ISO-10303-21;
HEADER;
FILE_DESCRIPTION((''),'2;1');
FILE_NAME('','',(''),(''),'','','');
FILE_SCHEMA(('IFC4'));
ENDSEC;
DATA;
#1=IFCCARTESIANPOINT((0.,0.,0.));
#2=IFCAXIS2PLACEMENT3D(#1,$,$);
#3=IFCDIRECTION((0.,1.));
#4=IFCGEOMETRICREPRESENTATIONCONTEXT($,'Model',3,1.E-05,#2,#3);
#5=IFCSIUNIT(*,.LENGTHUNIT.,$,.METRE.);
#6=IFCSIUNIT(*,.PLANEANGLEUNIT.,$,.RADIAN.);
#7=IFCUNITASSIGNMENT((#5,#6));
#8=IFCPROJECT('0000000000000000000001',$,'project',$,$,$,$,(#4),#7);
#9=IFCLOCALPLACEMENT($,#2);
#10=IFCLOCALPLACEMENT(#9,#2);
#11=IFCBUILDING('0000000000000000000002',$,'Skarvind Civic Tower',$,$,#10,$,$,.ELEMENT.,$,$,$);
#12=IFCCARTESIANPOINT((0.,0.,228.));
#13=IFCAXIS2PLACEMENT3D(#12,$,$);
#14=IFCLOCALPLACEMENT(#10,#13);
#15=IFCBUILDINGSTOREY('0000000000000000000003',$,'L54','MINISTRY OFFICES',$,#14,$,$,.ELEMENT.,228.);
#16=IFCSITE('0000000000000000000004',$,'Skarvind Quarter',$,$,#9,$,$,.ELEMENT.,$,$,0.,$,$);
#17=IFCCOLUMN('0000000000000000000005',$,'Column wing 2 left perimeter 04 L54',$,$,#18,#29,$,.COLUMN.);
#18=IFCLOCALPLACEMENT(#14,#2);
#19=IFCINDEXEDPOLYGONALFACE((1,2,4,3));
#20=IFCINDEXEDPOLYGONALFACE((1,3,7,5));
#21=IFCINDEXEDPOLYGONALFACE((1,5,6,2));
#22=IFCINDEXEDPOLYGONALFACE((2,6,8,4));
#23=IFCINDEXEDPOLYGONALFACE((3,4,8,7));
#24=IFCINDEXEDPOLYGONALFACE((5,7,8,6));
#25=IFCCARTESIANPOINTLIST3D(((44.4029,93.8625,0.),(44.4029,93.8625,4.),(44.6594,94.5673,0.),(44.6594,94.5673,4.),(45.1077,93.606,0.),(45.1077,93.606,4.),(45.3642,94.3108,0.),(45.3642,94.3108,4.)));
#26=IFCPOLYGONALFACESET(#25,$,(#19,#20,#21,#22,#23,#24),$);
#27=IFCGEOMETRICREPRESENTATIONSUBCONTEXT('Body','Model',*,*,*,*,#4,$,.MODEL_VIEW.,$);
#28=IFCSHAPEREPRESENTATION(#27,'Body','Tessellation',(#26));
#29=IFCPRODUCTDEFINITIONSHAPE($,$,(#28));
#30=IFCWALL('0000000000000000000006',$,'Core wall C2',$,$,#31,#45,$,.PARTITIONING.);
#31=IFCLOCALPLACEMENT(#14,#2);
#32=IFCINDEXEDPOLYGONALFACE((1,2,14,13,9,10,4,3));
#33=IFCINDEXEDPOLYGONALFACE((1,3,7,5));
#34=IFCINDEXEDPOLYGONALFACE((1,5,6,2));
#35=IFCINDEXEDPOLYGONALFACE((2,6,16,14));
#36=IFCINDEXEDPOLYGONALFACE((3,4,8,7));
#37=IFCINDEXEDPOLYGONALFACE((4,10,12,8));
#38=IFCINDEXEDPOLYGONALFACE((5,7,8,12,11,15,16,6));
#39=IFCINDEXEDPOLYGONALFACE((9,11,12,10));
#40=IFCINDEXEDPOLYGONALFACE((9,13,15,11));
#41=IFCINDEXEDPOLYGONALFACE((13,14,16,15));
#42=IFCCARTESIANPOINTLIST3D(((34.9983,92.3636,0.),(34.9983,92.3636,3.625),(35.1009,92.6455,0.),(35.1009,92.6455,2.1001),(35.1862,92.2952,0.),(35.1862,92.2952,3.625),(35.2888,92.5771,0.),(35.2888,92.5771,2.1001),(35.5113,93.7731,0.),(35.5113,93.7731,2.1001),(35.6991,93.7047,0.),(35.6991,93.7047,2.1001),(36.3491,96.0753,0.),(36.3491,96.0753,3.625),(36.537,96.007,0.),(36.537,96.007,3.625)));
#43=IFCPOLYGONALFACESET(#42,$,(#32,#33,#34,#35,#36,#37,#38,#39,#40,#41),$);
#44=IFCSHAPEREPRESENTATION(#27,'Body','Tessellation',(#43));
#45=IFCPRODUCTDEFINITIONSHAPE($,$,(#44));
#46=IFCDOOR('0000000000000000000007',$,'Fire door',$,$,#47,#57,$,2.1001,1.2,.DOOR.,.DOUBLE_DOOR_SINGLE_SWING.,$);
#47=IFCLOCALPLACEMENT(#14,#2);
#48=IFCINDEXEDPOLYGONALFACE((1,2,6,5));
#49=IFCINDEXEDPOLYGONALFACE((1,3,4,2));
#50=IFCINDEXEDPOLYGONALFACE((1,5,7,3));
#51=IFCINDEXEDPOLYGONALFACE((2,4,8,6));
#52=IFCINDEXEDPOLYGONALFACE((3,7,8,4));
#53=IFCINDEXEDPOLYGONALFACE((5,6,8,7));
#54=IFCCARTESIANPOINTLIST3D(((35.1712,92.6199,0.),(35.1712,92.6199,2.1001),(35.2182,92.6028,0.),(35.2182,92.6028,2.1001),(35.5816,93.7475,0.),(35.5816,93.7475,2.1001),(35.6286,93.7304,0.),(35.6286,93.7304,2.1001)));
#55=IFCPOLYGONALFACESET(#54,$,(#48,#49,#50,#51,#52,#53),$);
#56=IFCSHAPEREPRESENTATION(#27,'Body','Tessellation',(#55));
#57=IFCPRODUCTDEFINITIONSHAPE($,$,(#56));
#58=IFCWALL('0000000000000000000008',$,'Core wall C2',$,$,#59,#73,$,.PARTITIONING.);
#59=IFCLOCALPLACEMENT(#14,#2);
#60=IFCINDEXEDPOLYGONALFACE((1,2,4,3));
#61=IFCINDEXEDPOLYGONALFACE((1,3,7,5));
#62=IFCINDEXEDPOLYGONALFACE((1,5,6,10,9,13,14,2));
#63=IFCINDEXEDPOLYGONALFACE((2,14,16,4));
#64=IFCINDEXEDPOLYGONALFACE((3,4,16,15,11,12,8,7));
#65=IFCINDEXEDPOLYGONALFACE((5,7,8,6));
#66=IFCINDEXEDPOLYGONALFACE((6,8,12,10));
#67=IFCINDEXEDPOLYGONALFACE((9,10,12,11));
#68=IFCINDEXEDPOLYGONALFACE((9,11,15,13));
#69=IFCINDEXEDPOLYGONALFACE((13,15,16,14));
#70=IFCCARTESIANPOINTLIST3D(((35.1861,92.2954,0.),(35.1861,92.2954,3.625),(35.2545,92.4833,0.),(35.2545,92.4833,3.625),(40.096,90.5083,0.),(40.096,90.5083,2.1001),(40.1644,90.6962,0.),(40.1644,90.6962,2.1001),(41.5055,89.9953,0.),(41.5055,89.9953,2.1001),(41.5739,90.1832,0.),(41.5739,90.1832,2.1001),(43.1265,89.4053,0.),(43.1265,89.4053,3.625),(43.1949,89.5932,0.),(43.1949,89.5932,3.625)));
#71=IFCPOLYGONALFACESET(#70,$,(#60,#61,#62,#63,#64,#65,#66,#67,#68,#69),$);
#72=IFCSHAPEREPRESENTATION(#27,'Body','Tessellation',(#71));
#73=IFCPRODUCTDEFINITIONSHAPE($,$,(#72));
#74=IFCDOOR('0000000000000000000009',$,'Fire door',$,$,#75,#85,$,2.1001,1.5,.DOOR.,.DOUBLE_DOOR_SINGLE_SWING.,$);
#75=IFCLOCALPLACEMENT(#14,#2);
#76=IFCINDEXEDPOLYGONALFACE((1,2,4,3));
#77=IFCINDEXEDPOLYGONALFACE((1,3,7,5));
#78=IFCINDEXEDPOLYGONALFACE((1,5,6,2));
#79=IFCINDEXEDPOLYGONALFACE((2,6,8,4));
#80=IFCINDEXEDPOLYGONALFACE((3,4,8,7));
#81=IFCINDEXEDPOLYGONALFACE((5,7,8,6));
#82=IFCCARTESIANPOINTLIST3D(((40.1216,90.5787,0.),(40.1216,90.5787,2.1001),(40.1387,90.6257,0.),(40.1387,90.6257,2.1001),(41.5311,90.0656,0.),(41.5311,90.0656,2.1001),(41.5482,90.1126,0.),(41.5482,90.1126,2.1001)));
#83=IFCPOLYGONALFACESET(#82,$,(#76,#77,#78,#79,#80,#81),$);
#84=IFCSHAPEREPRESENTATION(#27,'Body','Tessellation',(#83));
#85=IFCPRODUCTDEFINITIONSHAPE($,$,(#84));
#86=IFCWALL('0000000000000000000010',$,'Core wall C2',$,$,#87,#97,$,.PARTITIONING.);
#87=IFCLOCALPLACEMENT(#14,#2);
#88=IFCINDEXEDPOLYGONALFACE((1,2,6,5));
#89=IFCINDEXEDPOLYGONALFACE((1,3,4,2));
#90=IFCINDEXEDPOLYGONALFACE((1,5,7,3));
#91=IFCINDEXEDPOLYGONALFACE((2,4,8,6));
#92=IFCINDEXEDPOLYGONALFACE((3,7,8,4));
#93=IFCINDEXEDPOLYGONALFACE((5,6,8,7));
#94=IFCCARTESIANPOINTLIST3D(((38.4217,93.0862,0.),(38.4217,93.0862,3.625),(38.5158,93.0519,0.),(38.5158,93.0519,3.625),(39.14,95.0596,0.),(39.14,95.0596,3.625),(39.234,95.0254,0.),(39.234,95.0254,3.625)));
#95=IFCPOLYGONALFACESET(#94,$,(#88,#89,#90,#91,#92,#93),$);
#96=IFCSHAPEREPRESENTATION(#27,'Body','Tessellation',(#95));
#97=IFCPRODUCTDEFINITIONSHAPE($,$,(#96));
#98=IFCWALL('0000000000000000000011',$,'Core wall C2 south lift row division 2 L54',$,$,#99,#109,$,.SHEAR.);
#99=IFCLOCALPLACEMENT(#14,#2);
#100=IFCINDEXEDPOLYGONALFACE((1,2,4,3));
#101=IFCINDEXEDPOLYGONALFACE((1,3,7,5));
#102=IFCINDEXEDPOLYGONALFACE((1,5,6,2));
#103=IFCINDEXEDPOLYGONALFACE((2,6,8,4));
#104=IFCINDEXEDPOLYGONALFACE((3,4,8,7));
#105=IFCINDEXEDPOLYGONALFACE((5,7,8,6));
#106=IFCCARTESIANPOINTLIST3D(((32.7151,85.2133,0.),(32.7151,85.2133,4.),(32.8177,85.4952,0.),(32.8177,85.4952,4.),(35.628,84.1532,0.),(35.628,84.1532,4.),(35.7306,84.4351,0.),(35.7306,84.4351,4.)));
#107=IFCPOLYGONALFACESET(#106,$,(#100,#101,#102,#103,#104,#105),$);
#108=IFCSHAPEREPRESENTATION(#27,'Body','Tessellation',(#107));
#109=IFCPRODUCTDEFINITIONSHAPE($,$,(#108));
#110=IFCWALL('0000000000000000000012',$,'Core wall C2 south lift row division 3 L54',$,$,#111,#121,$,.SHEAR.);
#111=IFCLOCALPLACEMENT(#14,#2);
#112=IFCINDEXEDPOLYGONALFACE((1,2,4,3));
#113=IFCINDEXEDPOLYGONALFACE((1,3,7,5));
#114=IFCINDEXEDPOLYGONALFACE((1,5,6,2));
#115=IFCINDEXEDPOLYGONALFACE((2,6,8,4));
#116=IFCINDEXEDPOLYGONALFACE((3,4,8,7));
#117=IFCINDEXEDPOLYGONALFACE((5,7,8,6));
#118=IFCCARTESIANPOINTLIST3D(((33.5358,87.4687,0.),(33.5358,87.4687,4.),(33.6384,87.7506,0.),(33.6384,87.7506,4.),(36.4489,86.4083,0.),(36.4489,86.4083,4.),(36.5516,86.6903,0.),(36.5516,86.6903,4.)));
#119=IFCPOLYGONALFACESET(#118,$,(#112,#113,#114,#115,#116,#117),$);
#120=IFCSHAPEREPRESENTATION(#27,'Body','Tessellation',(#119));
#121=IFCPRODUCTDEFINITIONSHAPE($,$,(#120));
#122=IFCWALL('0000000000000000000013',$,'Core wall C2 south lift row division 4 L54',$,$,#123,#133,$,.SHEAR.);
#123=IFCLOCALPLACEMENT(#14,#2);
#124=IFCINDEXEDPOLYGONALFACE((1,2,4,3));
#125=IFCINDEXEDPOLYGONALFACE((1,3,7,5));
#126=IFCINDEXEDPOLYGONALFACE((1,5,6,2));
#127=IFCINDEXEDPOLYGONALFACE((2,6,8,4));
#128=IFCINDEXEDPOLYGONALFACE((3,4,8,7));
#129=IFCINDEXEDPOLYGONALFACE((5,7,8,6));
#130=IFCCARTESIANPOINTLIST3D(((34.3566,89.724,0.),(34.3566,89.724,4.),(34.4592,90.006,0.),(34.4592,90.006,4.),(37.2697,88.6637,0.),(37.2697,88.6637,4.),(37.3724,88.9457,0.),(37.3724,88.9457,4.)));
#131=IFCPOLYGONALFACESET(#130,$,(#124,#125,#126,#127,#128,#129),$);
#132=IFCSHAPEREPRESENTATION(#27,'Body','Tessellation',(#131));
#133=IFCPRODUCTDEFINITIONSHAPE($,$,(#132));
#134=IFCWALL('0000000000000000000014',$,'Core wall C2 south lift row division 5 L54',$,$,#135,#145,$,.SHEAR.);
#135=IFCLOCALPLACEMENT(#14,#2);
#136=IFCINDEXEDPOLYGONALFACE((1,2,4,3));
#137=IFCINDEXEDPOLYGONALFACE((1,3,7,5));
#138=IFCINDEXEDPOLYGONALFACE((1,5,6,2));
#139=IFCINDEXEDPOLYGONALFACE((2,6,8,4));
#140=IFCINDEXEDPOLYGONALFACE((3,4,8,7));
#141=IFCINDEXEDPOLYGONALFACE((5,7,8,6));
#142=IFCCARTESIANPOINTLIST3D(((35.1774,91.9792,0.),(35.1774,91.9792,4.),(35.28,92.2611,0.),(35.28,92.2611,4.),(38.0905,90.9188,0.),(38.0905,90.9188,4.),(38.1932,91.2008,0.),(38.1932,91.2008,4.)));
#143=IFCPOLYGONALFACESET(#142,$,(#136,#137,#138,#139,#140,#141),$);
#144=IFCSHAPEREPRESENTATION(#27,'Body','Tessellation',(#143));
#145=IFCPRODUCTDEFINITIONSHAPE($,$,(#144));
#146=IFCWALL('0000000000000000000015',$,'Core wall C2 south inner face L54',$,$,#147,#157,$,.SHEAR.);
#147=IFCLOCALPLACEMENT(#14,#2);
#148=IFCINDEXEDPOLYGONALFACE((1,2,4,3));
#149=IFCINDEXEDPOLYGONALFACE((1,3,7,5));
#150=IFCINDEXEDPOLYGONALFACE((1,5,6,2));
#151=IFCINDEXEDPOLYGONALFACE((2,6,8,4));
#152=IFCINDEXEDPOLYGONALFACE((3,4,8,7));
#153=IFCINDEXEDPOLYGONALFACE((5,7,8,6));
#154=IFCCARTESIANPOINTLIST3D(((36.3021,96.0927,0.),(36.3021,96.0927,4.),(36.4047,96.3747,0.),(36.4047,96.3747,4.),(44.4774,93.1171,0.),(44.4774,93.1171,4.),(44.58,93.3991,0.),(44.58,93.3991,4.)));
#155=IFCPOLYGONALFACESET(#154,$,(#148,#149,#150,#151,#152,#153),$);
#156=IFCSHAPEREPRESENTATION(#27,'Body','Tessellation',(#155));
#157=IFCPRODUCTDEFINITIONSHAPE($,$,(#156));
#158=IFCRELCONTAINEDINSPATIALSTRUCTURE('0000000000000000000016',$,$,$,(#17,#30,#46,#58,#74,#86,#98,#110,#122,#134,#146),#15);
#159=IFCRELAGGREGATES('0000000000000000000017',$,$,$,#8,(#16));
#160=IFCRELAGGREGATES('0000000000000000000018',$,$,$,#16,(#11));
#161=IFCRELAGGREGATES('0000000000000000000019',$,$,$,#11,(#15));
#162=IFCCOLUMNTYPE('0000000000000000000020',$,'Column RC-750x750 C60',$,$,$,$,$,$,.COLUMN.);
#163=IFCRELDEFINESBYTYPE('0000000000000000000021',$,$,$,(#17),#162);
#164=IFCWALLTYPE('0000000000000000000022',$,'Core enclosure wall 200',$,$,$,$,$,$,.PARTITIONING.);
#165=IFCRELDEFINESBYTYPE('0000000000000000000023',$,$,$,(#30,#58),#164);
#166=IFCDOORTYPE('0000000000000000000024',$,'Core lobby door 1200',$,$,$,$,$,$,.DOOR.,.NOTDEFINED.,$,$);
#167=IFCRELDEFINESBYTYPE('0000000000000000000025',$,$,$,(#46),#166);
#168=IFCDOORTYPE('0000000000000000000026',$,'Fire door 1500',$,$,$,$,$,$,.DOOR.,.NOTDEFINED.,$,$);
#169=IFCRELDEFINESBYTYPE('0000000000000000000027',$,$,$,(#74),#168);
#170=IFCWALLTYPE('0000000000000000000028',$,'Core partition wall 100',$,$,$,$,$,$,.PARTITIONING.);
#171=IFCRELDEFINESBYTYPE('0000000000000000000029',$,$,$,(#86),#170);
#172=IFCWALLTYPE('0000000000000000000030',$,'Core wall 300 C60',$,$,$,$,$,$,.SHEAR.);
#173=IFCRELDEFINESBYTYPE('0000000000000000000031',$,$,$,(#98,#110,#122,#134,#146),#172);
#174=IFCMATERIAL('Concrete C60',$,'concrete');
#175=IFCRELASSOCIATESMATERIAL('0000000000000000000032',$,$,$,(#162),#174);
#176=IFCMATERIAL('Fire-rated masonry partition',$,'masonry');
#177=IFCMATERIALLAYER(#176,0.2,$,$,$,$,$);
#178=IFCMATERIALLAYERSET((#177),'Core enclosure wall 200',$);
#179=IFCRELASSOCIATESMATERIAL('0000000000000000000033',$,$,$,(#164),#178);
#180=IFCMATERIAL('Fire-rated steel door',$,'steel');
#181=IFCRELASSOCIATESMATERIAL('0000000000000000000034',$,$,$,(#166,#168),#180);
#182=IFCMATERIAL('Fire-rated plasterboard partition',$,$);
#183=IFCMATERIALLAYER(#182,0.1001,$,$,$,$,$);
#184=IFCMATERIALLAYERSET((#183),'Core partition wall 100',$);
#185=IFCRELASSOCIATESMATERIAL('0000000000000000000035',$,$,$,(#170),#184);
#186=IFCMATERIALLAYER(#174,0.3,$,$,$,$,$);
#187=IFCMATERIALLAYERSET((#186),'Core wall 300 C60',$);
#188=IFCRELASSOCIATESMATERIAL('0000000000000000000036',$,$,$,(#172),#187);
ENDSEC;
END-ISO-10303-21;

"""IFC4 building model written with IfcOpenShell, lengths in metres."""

from ifc_helpers import new_model, si_unit, direction, frame, frame_2d, origin, origin_2d, place, context, subcontext, project, spatial, rectangle, extrude, material, layer, layer_set, material_profile, profile_set, type_object, element, fill, save


model = new_model("IFC4")

# Units and contexts
model_context = context("Model", 3, precision=1e-05, world=origin(), true_north=direction((0.0, 1.0)))
body_context = subcontext(model_context, "Body", "Model", "MODEL_VIEW")
ifc_project = project(units=[si_unit("LENGTHUNIT", "METRE"), si_unit("PLANEANGLEUNIT", "RADIAN")], contexts=[model_context])

# Site, building, storey
site_placement = place(None, origin())
site = spatial("IfcSite", under=ifc_project, at=site_placement, Name="Skarvind Quarter", CompositionType="ELEMENT", RefElevation=0.0)
building_placement = place(site_placement, origin())
building = spatial("IfcBuilding", under=site, at=building_placement, Name="Skarvind Civic Tower", CompositionType="ELEMENT")
storey_placement = place(building_placement, frame((0.0, 0.0, 228.0)))
storey = spatial("IfcBuildingStorey", under=building, at=storey_placement, Name="L54", Description="MINISTRY OFFICES", CompositionType="ELEMENT", Elevation=228.0)

# Column
ifc_material_1 = material(Name="Concrete C60", Category="concrete")
ifc_material_profile = material_profile(ifc_material_1, rectangle(XDim=0.75, YDim=0.75, at=origin_2d()), Name="RC-750x750")
ifc_profile_set = profile_set([ifc_material_profile], Name="Concrete C60")
column_type = type_object("IfcColumnType", Name="Column RC-750x750 C60", PredefinedType="COLUMN", material=ifc_profile_set)
column_placement = place(storey_placement, frame((44.8835, 94.0867, 0.0), z_axis=(0.0, 0.0, 1.0), x_axis=(-0.34202, -0.939693, 0.0)))
element("IfcColumn", 1, at=column_placement, inside=storey, type_object=column_type, Name="Column wing 2 left perimeter 04 L54", PredefinedType="COLUMN", context=body_context, shape_type="SweptSolid", body=[
    extrude(rectangle(XDim=0.75, YDim=0.75, at=origin_2d()), origin(), (0.0, 0.0, 1.0), 4.0),
])

# Walls, openings, doors
ifc_material_2 = material(Name="Fire-rated masonry partition", Category="masonry")
ifc_layer_1 = layer(ifc_material_2, 0.2)
ifc_layer_set_1 = layer_set([ifc_layer_1], Name="Core enclosure wall 200")
wall_type_1 = type_object("IfcWallType", Name="Core enclosure wall 200", PredefinedType="PARTITIONING", material=ifc_layer_set_1)
wall_1_placement = place(storey_placement, frame((36.4431, 96.0413, 0.0), z_axis=(0.0, 0.0, 1.0), x_axis=(-0.341996, -0.939701, 0.0)))
wall_1 = element("IfcWall", 2, at=wall_1_placement, inside=storey, type_object=wall_type_1, Name="Core wall C2", PredefinedType="PARTITIONING", context=body_context, shape_type="SweptSolid", body=[
    extrude(rectangle(XDim=3.95, YDim=0.2, at=frame_2d((1.9751, 0.0))), origin(), (0.0, 0.0, 1.0), 3.625),
])
opening_1_placement = place(wall_1_placement, frame((2.45, 0.0, 0.0)))
opening_1 = element("IfcOpeningElement", 3, at=opening_1_placement, cuts=wall_1, PredefinedType="OPENING", context=body_context, shape_type="SweptSolid", body=[
    extrude(rectangle(XDim=1.2, YDim=2.1001, at=frame_2d((0.6001, 1.05))), frame((0.0, 0.1099, 0.0), z_axis=(0.0, -1.0, 0.0), x_axis=(1.0, 0.0, 0.0)), (0.0, 0.0, 1.0), 0.22),
])
ifc_material_3 = material(Name="Fire-rated steel door", Category="steel")
door_type_1 = type_object("IfcDoorType", Name="Core lobby door 1200", OperationType="NOTDEFINED", PredefinedType="DOOR", material=ifc_material_3)
door_1_placement = place(opening_1_placement, origin())
door_1 = element("IfcDoor", 4, at=door_1_placement, inside=storey, type_object=door_type_1, Name="Fire door", OperationType="DOUBLE_DOOR_SINGLE_SWING", OverallHeight=2.1001, OverallWidth=1.2, PredefinedType="DOOR", context=body_context, shape_type="SweptSolid", body=[
    extrude(rectangle(XDim=1.2, YDim=2.1001, at=frame_2d((0.6001, 1.05))), frame((0.0, 0.0249, 0.0), z_axis=(0.0, -1.0, 0.0), x_axis=(1.0, 0.0, 0.0)), (0.0, 0.0, 1.0), 0.05),
])
fill(opening_1, door_1)
wall_2_placement = place(storey_placement, frame((35.2202, 92.3894, 0.0), z_axis=(0.0, 0.0, 1.0), x_axis=(0.93969, -0.342026, 0.0)))
wall_2 = element("IfcWall", 5, at=wall_2_placement, inside=storey, type_object=wall_type_1, Name="Core wall C2", PredefinedType="PARTITIONING", context=body_context, shape_type="SweptSolid", body=[
    extrude(rectangle(XDim=8.45, YDim=0.2, at=frame_2d((4.2251, 0.0))), origin(), (0.0, 0.0, 1.0), 3.625),
])
opening_2_placement = place(wall_2_placement, frame((5.2251, 0.0, 0.0)))
opening_2 = element("IfcOpeningElement", 6, at=opening_2_placement, cuts=wall_2, PredefinedType="OPENING", context=body_context, shape_type="SweptSolid", body=[
    extrude(rectangle(XDim=1.5, YDim=2.1001, at=frame_2d((0.75, 1.05))), frame((0.0, 0.1099, 0.0), z_axis=(0.0, -1.0, 0.0), x_axis=(1.0, 0.0, 0.0)), (0.0, 0.0, 1.0), 0.22),
])
door_type_2 = type_object("IfcDoorType", Name="Fire door 1500", OperationType="NOTDEFINED", PredefinedType="DOOR", material=ifc_material_3)
door_2_placement = place(opening_2_placement, origin())
door_2 = element("IfcDoor", 7, at=door_2_placement, inside=storey, type_object=door_type_2, Name="Fire door", OperationType="DOUBLE_DOOR_SINGLE_SWING", OverallHeight=2.1001, OverallWidth=1.5, PredefinedType="DOOR", context=body_context, shape_type="SweptSolid", body=[
    extrude(rectangle(XDim=1.5, YDim=2.1001, at=frame_2d((0.75, 1.05))), frame((0.0, 0.0249, 0.0), z_axis=(0.0, -1.0, 0.0), x_axis=(1.0, 0.0, 0.0)), (0.0, 0.0, 1.0), 0.05),
])
fill(opening_2, door_2)

# Walls
ifc_material_4 = material(Name="Fire-rated plasterboard partition")
ifc_layer_2 = layer(ifc_material_4, 0.1001)
ifc_layer_set_2 = layer_set([ifc_layer_2], Name="Core partition wall 100")
wall_type_2 = type_object("IfcWallType", Name="Core partition wall 100", PredefinedType="PARTITIONING", material=ifc_layer_set_2)
wall_3_placement = place(storey_placement, frame((39.187, 95.0425, 0.0), z_axis=(0.0, 0.0, 1.0), x_axis=(-0.342023, -0.939692, 0.0)))
element("IfcWall", 8, at=wall_3_placement, inside=storey, type_object=wall_type_2, Name="Core wall C2", PredefinedType="PARTITIONING", context=body_context, shape_type="SweptSolid", body=[
    extrude(rectangle(XDim=2.1001, YDim=0.1001, at=frame_2d((1.05, 0.0))), origin(), (0.0, 0.0, 1.0), 3.625),
])
ifc_layer_3 = layer(ifc_material_1, 0.3)
ifc_layer_set_3 = layer_set([ifc_layer_3], Name="Core wall 300 C60")
wall_type_3 = type_object("IfcWallType", Name="Core wall 300 C60", PredefinedType="SHEAR", material=ifc_layer_set_3)
wall_4_placement = place(storey_placement, frame((35.6792, 84.2942, 0.0), z_axis=(0.0, 0.0, 1.0), x_axis=(-0.939706, 0.341983, 0.0)))
element("IfcWall", 9, at=wall_4_placement, inside=storey, type_object=wall_type_3, Name="Core wall C2 south lift row division 2 L54", PredefinedType="SHEAR", context=body_context, shape_type="SweptSolid", body=[
    extrude(rectangle(XDim=3.0999, YDim=0.3, at=frame_2d((1.5498, 0.0))), origin(), (0.0, 0.0, 1.0), 4.0),
])
for number, where, z_axis, x_axis, name in (
    (10, (36.5002, 86.5493, 0.0), (0.0, 0.0, 1.0), (-0.93969, 0.342028, 0.0), "Core wall C2 south lift row division 3 L54"),
    (11, (37.321, 88.8047, 0.0), (0.0, 0.0, 1.0), (-0.93969, 0.342028, 0.0), "Core wall C2 south lift row division 4 L54"),
    (12, (38.1418, 91.0598, 0.0), (0.0, 0.0, 1.0), (-0.93969, 0.342028, 0.0), "Core wall C2 south lift row division 5 L54"),
):
    element("IfcWall", number, at=place(storey_placement, frame(where, z_axis=z_axis, x_axis=x_axis)), inside=storey, type_object=wall_type_3, Name=name, PredefinedType="SHEAR", context=body_context, shape_type="SweptSolid", body=[
        extrude(rectangle(XDim=3.1001, YDim=0.3, at=frame_2d((1.55, 0.0))), origin(), (0.0, 0.0, 1.0), 4.0),
    ])
wall_5_placement = place(storey_placement, frame((44.5288, 93.2581, 0.0), z_axis=(0.0, 0.0, 1.0), x_axis=(-0.939692, 0.342022, 0.0)))
element("IfcWall", 13, at=wall_5_placement, inside=storey, type_object=wall_type_3, Name="Core wall C2 south inner face L54", PredefinedType="SHEAR", context=body_context, shape_type="SweptSolid", body=[
    extrude(rectangle(XDim=8.7, YDim=0.3, at=frame_2d((4.3501, 0.0))), origin(), (0.0, 0.0, 1.0), 4.0),
])

save(model, "model.ifc")
